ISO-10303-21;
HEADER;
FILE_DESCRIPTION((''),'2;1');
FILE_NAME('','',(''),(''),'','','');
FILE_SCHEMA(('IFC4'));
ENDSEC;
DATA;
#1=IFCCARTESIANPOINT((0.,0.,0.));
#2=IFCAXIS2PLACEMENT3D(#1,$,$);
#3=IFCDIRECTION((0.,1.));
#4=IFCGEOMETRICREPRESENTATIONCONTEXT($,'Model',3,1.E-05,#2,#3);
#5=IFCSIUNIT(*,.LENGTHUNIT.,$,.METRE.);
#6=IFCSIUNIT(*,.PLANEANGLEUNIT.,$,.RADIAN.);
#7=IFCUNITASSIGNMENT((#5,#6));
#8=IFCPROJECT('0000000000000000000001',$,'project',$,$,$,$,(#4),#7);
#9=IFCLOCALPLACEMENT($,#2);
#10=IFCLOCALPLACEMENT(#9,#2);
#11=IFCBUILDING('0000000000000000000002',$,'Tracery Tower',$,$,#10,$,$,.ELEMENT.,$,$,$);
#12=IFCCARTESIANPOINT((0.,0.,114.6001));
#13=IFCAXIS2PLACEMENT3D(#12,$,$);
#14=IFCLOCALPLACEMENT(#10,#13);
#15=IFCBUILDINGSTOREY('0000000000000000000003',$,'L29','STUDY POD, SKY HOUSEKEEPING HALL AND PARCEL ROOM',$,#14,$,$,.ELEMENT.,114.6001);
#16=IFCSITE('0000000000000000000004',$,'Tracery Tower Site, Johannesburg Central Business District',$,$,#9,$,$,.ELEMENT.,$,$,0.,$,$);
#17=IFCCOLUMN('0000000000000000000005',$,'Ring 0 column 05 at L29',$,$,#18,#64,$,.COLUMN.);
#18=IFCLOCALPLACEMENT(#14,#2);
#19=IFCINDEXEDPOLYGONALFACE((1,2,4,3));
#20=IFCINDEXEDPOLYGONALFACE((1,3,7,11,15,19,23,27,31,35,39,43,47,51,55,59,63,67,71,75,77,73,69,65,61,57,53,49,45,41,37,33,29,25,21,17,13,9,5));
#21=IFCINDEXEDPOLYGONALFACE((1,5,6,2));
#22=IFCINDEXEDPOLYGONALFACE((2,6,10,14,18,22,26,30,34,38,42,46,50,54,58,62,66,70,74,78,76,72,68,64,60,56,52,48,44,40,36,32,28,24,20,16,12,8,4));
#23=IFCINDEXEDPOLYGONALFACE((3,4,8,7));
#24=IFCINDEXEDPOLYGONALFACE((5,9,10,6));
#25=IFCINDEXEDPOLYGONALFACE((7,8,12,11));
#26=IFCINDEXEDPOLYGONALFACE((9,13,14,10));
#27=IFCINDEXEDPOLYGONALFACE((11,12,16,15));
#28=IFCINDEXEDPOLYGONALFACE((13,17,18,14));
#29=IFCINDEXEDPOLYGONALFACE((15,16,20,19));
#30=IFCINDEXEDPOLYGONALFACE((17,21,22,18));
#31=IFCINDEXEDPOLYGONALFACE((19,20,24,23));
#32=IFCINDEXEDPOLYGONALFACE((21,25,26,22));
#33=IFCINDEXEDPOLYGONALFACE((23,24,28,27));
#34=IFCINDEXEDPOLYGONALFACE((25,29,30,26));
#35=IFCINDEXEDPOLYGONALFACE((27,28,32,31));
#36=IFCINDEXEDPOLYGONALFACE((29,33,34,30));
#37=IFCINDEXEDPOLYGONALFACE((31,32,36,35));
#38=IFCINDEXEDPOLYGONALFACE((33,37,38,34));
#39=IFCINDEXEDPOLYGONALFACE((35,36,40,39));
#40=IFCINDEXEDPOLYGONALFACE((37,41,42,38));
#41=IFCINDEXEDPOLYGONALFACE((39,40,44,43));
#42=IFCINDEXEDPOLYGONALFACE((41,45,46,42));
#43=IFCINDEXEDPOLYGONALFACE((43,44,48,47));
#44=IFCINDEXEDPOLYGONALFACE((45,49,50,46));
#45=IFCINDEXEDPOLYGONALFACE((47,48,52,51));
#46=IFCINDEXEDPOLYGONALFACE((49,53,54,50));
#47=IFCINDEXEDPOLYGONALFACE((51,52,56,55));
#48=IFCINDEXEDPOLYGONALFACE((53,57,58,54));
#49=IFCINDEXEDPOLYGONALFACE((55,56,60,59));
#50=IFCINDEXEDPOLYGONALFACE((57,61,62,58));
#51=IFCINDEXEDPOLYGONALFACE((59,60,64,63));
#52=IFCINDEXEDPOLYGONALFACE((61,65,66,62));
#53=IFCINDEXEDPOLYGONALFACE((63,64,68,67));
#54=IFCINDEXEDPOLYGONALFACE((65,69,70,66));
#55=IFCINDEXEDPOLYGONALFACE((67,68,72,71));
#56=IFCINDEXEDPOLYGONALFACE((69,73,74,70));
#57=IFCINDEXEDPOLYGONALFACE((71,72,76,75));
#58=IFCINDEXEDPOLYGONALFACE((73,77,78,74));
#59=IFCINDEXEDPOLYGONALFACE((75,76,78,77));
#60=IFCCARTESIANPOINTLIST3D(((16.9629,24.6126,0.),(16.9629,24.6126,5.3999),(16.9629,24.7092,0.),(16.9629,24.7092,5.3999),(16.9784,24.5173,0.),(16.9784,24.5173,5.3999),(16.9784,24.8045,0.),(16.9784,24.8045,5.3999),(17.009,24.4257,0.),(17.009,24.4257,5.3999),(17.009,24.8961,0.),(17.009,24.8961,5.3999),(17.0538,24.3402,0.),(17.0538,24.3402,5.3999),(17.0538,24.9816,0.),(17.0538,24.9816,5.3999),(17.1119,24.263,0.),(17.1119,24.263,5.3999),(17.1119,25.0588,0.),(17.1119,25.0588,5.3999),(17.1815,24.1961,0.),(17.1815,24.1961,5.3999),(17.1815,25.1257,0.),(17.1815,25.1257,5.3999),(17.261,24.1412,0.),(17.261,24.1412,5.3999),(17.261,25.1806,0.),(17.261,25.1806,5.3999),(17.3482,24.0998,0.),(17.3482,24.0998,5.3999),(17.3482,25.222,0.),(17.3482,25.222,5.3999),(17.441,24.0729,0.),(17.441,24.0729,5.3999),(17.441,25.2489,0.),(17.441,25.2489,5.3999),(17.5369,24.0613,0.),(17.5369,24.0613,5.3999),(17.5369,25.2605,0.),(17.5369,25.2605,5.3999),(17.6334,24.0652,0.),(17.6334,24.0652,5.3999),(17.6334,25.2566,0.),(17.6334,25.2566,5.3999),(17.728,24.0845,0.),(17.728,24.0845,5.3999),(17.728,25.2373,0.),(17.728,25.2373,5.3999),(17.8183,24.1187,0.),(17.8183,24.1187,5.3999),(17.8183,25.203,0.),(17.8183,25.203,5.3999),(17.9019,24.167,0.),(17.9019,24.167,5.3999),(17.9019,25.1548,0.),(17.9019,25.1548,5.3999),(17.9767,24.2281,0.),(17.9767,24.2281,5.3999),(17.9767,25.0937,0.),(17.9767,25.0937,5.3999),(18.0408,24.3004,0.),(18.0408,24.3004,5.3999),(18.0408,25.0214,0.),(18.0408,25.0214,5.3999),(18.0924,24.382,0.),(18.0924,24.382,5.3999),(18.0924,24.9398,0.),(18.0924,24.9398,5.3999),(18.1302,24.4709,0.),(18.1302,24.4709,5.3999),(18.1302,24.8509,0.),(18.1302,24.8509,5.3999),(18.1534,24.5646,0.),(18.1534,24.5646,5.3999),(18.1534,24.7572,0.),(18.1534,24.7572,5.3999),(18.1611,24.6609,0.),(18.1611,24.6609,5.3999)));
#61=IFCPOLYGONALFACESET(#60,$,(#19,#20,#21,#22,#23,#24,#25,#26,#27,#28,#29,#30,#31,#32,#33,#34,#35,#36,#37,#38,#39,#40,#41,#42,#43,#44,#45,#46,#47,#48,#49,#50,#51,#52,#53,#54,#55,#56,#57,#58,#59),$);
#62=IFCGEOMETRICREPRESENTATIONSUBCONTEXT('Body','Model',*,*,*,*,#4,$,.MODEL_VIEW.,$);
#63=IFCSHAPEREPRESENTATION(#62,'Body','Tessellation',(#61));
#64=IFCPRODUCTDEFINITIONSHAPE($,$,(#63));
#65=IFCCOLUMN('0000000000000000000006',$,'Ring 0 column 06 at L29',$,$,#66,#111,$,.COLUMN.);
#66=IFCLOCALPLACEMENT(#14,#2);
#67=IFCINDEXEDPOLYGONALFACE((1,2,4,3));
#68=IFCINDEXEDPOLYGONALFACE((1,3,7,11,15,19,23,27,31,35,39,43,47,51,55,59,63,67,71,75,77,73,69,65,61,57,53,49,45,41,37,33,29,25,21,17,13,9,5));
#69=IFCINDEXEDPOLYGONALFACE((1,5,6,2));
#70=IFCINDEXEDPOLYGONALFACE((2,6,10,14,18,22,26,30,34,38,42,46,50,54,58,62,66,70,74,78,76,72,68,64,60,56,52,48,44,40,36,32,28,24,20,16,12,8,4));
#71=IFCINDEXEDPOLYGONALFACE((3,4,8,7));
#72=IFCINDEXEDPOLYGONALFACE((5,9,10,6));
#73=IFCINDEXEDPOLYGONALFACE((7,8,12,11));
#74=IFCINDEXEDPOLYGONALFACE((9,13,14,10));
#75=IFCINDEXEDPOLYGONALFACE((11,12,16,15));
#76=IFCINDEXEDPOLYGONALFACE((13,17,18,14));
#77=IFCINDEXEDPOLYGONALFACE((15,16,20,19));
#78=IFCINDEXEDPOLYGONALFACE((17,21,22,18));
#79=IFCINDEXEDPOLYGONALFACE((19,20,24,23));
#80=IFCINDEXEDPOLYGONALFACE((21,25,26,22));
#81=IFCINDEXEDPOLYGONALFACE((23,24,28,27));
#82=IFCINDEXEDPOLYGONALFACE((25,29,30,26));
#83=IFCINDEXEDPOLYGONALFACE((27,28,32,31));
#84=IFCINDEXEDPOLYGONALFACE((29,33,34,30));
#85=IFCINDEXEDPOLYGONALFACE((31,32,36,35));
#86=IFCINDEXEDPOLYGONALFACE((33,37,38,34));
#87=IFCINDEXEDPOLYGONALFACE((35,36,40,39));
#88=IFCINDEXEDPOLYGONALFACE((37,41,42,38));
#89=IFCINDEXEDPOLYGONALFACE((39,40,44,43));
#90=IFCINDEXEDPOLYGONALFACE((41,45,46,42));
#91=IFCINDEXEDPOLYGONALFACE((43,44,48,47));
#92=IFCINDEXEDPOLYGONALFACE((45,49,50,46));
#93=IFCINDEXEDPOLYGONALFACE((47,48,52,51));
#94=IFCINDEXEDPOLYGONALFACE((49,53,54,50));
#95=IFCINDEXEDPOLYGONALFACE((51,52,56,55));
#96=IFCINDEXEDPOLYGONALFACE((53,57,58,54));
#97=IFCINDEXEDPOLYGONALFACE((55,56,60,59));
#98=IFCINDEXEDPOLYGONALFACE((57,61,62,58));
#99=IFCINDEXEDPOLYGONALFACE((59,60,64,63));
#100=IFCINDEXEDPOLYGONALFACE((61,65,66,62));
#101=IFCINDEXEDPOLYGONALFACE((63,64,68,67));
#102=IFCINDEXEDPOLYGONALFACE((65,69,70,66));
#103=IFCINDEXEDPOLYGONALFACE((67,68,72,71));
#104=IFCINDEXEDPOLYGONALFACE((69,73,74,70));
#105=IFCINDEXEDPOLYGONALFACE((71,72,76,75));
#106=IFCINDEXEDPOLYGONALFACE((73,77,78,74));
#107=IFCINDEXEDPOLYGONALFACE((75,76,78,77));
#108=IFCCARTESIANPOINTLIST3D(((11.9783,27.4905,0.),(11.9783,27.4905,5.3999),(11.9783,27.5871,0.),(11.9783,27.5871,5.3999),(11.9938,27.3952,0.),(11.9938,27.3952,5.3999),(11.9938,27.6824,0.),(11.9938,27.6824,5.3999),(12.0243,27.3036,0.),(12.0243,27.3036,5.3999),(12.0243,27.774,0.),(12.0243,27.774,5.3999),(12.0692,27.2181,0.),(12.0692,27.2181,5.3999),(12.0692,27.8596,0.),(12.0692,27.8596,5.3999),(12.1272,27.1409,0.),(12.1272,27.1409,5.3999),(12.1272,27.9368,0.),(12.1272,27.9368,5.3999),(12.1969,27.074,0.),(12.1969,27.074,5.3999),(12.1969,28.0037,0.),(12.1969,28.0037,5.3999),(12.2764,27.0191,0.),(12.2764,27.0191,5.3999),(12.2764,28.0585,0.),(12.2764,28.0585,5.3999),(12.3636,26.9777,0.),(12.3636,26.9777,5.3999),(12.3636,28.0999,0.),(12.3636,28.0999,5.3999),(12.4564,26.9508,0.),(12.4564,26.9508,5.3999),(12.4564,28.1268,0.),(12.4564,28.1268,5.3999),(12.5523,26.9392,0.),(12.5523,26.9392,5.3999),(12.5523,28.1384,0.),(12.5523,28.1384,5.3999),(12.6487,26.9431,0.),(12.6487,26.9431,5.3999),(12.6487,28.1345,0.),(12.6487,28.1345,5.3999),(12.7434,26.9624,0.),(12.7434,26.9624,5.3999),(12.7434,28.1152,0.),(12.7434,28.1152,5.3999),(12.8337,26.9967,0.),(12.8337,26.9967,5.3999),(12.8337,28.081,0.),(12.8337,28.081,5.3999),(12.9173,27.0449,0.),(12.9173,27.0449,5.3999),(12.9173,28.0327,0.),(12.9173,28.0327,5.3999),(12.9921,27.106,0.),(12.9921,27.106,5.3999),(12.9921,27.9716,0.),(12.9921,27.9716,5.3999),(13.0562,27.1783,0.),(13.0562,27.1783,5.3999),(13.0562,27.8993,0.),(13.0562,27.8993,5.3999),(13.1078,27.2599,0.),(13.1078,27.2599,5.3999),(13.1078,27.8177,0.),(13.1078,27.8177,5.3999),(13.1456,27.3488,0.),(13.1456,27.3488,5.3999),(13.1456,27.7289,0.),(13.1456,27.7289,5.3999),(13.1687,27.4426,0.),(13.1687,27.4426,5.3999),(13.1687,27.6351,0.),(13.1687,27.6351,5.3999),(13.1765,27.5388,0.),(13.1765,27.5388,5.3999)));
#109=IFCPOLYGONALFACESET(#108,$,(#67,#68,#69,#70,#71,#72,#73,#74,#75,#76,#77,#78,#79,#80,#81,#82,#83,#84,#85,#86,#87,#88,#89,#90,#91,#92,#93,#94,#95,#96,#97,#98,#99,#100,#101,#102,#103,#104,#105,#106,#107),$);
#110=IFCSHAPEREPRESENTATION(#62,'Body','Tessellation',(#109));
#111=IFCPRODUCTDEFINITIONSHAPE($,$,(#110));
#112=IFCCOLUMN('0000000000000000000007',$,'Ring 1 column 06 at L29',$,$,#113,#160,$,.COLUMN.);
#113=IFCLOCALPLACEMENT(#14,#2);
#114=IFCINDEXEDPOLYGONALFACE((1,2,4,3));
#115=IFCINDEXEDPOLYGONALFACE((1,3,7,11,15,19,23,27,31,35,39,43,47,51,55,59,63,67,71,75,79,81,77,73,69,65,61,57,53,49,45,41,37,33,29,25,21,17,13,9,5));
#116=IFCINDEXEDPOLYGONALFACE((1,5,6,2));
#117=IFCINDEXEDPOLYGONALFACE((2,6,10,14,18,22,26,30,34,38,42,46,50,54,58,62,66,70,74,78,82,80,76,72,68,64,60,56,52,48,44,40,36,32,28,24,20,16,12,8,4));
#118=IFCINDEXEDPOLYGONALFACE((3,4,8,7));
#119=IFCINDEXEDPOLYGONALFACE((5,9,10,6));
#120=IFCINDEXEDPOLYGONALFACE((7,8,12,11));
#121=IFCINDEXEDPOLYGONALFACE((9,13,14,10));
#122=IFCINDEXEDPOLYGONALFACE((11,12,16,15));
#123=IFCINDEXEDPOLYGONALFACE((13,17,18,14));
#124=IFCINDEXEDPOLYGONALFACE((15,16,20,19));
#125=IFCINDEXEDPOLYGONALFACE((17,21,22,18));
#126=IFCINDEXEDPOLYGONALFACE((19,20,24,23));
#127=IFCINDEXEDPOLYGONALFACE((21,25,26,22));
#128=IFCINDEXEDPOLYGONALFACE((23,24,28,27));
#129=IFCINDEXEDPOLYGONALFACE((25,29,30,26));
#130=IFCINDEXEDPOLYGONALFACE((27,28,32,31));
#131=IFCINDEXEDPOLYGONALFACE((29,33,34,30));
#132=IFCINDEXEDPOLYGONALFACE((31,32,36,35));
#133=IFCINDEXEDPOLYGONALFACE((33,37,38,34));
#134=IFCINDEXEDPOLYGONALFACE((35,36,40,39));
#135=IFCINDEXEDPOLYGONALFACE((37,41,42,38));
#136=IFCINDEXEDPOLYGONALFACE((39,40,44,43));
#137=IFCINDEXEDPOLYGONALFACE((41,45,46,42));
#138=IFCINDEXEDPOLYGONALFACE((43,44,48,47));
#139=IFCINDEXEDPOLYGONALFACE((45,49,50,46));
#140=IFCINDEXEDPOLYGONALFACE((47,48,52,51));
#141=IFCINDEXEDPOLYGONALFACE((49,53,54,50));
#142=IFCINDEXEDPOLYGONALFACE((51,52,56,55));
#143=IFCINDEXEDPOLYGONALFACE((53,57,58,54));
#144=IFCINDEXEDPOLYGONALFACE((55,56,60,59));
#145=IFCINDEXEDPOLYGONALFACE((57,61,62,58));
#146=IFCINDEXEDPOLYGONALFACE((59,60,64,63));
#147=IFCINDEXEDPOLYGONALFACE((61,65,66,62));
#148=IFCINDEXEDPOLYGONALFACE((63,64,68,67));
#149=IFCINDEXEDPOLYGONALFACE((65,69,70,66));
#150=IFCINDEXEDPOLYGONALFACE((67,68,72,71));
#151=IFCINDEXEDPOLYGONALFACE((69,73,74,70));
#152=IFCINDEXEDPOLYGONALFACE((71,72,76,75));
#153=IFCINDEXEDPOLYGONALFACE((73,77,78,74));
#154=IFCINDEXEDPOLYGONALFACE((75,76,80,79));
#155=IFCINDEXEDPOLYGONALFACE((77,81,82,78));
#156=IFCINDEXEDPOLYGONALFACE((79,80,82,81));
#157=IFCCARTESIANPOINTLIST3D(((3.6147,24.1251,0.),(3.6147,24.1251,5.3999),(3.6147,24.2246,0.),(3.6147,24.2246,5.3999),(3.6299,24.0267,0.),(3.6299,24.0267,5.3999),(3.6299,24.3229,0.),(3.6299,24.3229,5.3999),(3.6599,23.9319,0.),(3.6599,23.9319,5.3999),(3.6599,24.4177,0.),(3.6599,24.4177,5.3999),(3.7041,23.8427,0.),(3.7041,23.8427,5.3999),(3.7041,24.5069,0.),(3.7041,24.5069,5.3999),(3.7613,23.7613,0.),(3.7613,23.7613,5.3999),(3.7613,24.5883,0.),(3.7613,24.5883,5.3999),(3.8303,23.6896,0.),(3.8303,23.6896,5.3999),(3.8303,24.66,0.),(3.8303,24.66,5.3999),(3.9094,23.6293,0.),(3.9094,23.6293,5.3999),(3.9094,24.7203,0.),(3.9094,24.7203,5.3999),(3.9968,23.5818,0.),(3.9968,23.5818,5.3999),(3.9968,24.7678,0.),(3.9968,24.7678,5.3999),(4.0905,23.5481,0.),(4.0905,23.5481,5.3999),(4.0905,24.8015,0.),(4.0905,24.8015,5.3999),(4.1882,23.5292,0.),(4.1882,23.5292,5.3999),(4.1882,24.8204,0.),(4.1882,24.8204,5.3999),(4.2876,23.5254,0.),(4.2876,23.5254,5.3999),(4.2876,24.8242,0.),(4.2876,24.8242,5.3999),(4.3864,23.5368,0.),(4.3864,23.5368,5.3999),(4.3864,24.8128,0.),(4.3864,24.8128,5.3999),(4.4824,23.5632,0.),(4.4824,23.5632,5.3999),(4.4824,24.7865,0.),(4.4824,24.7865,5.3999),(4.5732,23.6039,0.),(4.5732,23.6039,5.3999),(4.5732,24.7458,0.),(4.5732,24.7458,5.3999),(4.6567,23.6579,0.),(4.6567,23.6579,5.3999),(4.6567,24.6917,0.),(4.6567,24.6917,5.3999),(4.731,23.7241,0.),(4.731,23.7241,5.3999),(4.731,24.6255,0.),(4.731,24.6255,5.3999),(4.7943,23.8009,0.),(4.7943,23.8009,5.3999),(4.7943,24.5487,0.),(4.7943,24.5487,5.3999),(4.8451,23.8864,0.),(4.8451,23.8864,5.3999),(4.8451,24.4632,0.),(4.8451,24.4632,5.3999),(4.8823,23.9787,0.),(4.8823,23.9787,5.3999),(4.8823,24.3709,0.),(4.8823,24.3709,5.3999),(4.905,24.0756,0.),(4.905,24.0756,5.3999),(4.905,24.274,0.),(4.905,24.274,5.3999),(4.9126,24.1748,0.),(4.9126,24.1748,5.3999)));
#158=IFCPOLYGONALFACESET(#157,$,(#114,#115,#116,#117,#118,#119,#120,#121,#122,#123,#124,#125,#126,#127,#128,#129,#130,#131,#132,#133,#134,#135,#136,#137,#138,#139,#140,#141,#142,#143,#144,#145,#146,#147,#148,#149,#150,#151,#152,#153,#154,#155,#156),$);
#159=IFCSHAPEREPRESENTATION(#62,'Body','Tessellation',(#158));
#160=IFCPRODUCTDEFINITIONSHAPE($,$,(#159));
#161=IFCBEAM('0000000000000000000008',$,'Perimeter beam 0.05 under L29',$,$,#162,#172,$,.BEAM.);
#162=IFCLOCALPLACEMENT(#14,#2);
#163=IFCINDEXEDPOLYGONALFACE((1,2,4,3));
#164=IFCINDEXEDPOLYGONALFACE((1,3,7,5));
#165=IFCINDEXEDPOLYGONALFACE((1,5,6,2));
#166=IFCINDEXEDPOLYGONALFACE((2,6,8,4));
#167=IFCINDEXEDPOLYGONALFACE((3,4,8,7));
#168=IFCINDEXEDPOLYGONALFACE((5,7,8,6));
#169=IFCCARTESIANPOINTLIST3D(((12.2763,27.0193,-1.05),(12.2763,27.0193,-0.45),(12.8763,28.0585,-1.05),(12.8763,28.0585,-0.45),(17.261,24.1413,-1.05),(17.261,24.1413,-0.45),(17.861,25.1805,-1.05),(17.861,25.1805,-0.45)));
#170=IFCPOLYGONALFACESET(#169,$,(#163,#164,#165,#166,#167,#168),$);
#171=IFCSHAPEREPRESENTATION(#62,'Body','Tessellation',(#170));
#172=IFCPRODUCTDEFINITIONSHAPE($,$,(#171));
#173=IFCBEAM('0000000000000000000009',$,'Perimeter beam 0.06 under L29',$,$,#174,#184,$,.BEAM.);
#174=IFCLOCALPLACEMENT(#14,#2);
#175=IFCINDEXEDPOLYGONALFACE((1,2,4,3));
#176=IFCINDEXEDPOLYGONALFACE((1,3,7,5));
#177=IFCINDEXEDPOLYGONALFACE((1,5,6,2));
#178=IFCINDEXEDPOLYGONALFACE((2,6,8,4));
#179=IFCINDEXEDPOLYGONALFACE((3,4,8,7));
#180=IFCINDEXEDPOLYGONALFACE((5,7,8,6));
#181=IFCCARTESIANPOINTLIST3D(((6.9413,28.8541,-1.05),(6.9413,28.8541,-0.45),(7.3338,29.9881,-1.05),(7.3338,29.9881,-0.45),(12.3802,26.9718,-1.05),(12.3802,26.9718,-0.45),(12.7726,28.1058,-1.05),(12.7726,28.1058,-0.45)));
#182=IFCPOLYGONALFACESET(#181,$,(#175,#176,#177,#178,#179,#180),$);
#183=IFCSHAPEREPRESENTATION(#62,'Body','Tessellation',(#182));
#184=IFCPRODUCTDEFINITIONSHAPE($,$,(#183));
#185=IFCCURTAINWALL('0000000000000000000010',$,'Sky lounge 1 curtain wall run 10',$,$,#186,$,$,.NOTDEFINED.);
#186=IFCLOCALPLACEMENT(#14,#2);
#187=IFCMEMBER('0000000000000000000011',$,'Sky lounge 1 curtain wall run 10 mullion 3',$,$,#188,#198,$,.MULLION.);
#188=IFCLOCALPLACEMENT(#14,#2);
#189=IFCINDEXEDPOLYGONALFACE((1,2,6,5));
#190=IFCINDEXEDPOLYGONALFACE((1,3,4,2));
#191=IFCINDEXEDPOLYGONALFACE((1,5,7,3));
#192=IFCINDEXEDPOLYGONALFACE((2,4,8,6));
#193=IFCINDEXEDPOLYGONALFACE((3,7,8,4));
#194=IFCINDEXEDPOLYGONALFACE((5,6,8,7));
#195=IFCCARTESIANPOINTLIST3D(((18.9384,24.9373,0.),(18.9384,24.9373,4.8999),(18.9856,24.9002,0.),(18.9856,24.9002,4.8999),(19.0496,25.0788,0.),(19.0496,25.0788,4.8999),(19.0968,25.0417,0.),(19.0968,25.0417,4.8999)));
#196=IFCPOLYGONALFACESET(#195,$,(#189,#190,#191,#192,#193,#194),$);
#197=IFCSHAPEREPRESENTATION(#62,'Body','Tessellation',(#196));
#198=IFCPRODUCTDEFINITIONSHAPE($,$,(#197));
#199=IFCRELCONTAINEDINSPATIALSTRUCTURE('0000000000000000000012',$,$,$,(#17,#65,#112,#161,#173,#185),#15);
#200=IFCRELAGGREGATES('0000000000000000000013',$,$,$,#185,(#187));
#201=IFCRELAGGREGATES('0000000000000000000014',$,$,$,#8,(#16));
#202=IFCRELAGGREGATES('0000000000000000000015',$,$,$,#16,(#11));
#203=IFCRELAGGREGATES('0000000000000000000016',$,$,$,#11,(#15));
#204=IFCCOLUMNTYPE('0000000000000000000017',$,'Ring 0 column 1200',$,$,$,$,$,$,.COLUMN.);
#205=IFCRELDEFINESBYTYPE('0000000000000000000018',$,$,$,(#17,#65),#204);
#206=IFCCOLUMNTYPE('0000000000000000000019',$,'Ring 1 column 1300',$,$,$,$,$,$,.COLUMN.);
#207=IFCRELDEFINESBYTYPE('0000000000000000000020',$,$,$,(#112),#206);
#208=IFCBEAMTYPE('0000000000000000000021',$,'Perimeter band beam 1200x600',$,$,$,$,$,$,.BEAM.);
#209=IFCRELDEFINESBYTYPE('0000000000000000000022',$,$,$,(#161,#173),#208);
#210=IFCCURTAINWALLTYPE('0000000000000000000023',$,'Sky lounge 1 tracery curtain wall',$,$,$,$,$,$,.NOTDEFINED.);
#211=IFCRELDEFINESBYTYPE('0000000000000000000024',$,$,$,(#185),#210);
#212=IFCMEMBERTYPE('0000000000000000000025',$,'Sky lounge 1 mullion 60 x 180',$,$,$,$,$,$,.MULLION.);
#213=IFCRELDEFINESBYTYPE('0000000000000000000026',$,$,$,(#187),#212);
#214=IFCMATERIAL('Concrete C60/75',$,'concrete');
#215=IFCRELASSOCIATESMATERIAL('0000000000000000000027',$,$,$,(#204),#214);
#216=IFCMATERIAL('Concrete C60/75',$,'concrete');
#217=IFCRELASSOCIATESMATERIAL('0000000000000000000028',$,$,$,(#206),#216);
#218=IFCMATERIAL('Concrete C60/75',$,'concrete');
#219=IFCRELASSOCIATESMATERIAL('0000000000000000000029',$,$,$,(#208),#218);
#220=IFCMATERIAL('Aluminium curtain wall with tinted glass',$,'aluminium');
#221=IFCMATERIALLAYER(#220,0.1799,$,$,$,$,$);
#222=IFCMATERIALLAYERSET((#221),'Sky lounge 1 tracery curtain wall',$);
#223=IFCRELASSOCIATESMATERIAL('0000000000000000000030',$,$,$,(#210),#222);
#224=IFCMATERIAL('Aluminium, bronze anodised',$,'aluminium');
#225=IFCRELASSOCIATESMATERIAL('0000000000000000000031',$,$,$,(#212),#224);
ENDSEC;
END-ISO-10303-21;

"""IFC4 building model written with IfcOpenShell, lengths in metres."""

from ifc_helpers import new_model, si_unit, direction, frame, origin, origin_2d, place, context, subcontext, project, spatial, rectangle, circle, extrude, material, layer, layer_set, material_profile, profile_set, type_object, element, aggregate, save


model = new_model("IFC4")

# Units and contexts
model_context = context("Model", 3, precision=1e-05, world=origin(), true_north=direction((0.0, 1.0)))
body_context = subcontext(model_context, "Body", "Model", "MODEL_VIEW")
ifc_project = project(units=[si_unit("LENGTHUNIT", "METRE"), si_unit("PLANEANGLEUNIT", "RADIAN")], contexts=[model_context])

# Site, building, storey
site_placement = place(None, origin())
site = spatial("IfcSite", under=ifc_project, at=site_placement, Name="Tracery Tower Site, Johannesburg Central Business District", CompositionType="ELEMENT", RefElevation=0.0)
building_placement = place(site_placement, origin())
building = spatial("IfcBuilding", under=site, at=building_placement, Name="Tracery Tower", CompositionType="ELEMENT")
storey_placement = place(building_placement, frame((0.0, 0.0, 114.6001)))
storey = spatial("IfcBuildingStorey", under=building, at=storey_placement, Name="L29", Description="STUDY POD, SKY HOUSEKEEPING HALL AND PARCEL ROOM", CompositionType="ELEMENT", Elevation=114.6001)

# Columns
ifc_material_1 = material(Name="Concrete C60/75", Category="concrete")
ifc_material_profile_1 = material_profile(ifc_material_1, circle(Radius=0.6001, at=origin_2d()), Name="RC D1200")
ifc_profile_set_1 = profile_set([ifc_material_profile_1], Name="Concrete C60/75")
column_type_1 = type_object("IfcColumnType", Name="Ring 0 column 1200", PredefinedType="COLUMN", material=ifc_profile_set_1)
for number, where, z_axis, x_axis, name in (
    (1, (17.561, 24.6609, 0.0), (0.0, 0.0, 1.0), (1.0, 0.0, 0.0), "Ring 0 column 05 at L29"),
    (2, (12.5764, 27.5388, 0.0), (0.0, 0.0, 1.0), (1.0, 0.0, 0.0), "Ring 0 column 06 at L29"),
):
    element("IfcColumn", number, at=place(storey_placement, frame(where, z_axis=z_axis, x_axis=x_axis)), inside=storey, type_object=column_type_1, Name=name, PredefinedType="COLUMN", context=body_context, shape_type="SweptSolid", body=[
        extrude(circle(Radius=0.6001, at=origin_2d()), origin(), (0.0, 0.0, 1.0), 5.3999),
    ])
ifc_material_2 = material(Name="Concrete C60/75", Category="concrete")
ifc_material_profile_2 = material_profile(ifc_material_2, circle(Radius=0.6499, at=origin_2d()), Name="RC D1300")
ifc_profile_set_2 = profile_set([ifc_material_profile_2], Name="Concrete C60/75")
column_type_2 = type_object("IfcColumnType", Name="Ring 1 column 1300", PredefinedType="COLUMN", material=ifc_profile_set_2)
column_placement = place(storey_placement, frame((4.2627, 24.1748, 0.0), z_axis=(0.0, 0.0, 1.0), x_axis=(1.0, 0.0, 0.0)))
element("IfcColumn", 3, at=column_placement, inside=storey, type_object=column_type_2, Name="Ring 1 column 06 at L29", PredefinedType="COLUMN", context=body_context, shape_type="SweptSolid", body=[
    extrude(circle(Radius=0.6499, at=origin_2d()), origin(), (0.0, 0.0, 1.0), 5.3999),
])

# Beams
ifc_material_3 = material(Name="Concrete C60/75", Category="concrete")
ifc_material_profile_3 = material_profile(ifc_material_3, rectangle(XDim=1.2, YDim=0.6001, at=origin_2d()), Name="RC 1200x600")
ifc_profile_set_3 = profile_set([ifc_material_profile_3], Name="Concrete C60/75")
beam_type = type_object("IfcBeamType", Name="Perimeter band beam 1200x600", PredefinedType="BEAM", material=ifc_profile_set_3)
beam_1_placement = place(storey_placement, frame((17.561, 24.6609, -0.75), z_axis=(-0.866021, 0.500008, 0.0), x_axis=(-0.500008, -0.866021, 0.0)))
element("IfcBeam", 4, at=beam_1_placement, inside=storey, type_object=beam_type, Name="Perimeter beam 0.05 under L29", PredefinedType="BEAM", context=body_context, shape_type="SweptSolid", body=[
    extrude(rectangle(XDim=1.2, YDim=0.6001, at=origin_2d()), origin(), (0.0, 0.0, 1.0), 5.7559),
])
beam_2_placement = place(storey_placement, frame((12.5764, 27.5388, -0.75), z_axis=(-0.945007, 0.327049, 0.0), x_axis=(-0.327049, -0.945007, 0.0)))
element("IfcBeam", 5, at=beam_2_placement, inside=storey, type_object=beam_type, Name="Perimeter beam 0.06 under L29", PredefinedType="BEAM", context=body_context, shape_type="SweptSolid", body=[
    extrude(rectangle(XDim=1.2, YDim=0.6001, at=origin_2d()), origin(), (0.0, 0.0, 1.0), 5.7554),
])

# Curtain wall, member
ifc_material_4 = material(Name="Aluminium curtain wall with tinted glass", Category="aluminium")
ifc_layer_1 = layer(ifc_material_4, 0.1799)
ifc_layer_set_1 = layer_set([ifc_layer_1], Name="Sky lounge 1 tracery curtain wall")
curtain_wall_type = type_object("IfcCurtainWallType", Name="Sky lounge 1 tracery curtain wall", PredefinedType="NOTDEFINED", material=ifc_layer_set_1)
curtain_wall_1_placement = place(storey_placement, origin())
curtain_wall_1 = element("IfcCurtainWall", 6, at=curtain_wall_1_placement, inside=storey, type_object=curtain_wall_type, Name="Sky lounge 1 curtain wall run 10", PredefinedType="NOTDEFINED")
ifc_material_5 = material(Name="Aluminium, bronze anodised", Category="aluminium")
ifc_material_profile_4 = material_profile(ifc_material_5, rectangle(XDim=0.1799, YDim=0.0601, at=origin_2d()), Name="AL 60x180")
ifc_profile_set_4 = profile_set([ifc_material_profile_4], Name="Aluminium, bronze anodised")
member_type_1 = type_object("IfcMemberType", Name="Sky lounge 1 mullion 60 x 180", PredefinedType="MULLION", material=ifc_profile_set_4)
member_1_placement = place(storey_placement, frame((19.0176, 24.9895, 0.0), z_axis=(0.0, 0.0, 1.0), x_axis=(-0.618159, -0.786053, 0.0)))
member_1 = element("IfcMember", 7, at=member_1_placement, type_object=member_type_1, Name="Sky lounge 1 curtain wall run 10 mullion 3", PredefinedType="MULLION", context=body_context, shape_type="SweptSolid", body=[
    extrude(rectangle(XDim=0.1799, YDim=0.0601, at=origin_2d()), origin(), (0.0, 0.0, 1.0), 4.8999),
])

aggregate(curtain_wall_1, [member_1])

save(model, "model.ifc")
